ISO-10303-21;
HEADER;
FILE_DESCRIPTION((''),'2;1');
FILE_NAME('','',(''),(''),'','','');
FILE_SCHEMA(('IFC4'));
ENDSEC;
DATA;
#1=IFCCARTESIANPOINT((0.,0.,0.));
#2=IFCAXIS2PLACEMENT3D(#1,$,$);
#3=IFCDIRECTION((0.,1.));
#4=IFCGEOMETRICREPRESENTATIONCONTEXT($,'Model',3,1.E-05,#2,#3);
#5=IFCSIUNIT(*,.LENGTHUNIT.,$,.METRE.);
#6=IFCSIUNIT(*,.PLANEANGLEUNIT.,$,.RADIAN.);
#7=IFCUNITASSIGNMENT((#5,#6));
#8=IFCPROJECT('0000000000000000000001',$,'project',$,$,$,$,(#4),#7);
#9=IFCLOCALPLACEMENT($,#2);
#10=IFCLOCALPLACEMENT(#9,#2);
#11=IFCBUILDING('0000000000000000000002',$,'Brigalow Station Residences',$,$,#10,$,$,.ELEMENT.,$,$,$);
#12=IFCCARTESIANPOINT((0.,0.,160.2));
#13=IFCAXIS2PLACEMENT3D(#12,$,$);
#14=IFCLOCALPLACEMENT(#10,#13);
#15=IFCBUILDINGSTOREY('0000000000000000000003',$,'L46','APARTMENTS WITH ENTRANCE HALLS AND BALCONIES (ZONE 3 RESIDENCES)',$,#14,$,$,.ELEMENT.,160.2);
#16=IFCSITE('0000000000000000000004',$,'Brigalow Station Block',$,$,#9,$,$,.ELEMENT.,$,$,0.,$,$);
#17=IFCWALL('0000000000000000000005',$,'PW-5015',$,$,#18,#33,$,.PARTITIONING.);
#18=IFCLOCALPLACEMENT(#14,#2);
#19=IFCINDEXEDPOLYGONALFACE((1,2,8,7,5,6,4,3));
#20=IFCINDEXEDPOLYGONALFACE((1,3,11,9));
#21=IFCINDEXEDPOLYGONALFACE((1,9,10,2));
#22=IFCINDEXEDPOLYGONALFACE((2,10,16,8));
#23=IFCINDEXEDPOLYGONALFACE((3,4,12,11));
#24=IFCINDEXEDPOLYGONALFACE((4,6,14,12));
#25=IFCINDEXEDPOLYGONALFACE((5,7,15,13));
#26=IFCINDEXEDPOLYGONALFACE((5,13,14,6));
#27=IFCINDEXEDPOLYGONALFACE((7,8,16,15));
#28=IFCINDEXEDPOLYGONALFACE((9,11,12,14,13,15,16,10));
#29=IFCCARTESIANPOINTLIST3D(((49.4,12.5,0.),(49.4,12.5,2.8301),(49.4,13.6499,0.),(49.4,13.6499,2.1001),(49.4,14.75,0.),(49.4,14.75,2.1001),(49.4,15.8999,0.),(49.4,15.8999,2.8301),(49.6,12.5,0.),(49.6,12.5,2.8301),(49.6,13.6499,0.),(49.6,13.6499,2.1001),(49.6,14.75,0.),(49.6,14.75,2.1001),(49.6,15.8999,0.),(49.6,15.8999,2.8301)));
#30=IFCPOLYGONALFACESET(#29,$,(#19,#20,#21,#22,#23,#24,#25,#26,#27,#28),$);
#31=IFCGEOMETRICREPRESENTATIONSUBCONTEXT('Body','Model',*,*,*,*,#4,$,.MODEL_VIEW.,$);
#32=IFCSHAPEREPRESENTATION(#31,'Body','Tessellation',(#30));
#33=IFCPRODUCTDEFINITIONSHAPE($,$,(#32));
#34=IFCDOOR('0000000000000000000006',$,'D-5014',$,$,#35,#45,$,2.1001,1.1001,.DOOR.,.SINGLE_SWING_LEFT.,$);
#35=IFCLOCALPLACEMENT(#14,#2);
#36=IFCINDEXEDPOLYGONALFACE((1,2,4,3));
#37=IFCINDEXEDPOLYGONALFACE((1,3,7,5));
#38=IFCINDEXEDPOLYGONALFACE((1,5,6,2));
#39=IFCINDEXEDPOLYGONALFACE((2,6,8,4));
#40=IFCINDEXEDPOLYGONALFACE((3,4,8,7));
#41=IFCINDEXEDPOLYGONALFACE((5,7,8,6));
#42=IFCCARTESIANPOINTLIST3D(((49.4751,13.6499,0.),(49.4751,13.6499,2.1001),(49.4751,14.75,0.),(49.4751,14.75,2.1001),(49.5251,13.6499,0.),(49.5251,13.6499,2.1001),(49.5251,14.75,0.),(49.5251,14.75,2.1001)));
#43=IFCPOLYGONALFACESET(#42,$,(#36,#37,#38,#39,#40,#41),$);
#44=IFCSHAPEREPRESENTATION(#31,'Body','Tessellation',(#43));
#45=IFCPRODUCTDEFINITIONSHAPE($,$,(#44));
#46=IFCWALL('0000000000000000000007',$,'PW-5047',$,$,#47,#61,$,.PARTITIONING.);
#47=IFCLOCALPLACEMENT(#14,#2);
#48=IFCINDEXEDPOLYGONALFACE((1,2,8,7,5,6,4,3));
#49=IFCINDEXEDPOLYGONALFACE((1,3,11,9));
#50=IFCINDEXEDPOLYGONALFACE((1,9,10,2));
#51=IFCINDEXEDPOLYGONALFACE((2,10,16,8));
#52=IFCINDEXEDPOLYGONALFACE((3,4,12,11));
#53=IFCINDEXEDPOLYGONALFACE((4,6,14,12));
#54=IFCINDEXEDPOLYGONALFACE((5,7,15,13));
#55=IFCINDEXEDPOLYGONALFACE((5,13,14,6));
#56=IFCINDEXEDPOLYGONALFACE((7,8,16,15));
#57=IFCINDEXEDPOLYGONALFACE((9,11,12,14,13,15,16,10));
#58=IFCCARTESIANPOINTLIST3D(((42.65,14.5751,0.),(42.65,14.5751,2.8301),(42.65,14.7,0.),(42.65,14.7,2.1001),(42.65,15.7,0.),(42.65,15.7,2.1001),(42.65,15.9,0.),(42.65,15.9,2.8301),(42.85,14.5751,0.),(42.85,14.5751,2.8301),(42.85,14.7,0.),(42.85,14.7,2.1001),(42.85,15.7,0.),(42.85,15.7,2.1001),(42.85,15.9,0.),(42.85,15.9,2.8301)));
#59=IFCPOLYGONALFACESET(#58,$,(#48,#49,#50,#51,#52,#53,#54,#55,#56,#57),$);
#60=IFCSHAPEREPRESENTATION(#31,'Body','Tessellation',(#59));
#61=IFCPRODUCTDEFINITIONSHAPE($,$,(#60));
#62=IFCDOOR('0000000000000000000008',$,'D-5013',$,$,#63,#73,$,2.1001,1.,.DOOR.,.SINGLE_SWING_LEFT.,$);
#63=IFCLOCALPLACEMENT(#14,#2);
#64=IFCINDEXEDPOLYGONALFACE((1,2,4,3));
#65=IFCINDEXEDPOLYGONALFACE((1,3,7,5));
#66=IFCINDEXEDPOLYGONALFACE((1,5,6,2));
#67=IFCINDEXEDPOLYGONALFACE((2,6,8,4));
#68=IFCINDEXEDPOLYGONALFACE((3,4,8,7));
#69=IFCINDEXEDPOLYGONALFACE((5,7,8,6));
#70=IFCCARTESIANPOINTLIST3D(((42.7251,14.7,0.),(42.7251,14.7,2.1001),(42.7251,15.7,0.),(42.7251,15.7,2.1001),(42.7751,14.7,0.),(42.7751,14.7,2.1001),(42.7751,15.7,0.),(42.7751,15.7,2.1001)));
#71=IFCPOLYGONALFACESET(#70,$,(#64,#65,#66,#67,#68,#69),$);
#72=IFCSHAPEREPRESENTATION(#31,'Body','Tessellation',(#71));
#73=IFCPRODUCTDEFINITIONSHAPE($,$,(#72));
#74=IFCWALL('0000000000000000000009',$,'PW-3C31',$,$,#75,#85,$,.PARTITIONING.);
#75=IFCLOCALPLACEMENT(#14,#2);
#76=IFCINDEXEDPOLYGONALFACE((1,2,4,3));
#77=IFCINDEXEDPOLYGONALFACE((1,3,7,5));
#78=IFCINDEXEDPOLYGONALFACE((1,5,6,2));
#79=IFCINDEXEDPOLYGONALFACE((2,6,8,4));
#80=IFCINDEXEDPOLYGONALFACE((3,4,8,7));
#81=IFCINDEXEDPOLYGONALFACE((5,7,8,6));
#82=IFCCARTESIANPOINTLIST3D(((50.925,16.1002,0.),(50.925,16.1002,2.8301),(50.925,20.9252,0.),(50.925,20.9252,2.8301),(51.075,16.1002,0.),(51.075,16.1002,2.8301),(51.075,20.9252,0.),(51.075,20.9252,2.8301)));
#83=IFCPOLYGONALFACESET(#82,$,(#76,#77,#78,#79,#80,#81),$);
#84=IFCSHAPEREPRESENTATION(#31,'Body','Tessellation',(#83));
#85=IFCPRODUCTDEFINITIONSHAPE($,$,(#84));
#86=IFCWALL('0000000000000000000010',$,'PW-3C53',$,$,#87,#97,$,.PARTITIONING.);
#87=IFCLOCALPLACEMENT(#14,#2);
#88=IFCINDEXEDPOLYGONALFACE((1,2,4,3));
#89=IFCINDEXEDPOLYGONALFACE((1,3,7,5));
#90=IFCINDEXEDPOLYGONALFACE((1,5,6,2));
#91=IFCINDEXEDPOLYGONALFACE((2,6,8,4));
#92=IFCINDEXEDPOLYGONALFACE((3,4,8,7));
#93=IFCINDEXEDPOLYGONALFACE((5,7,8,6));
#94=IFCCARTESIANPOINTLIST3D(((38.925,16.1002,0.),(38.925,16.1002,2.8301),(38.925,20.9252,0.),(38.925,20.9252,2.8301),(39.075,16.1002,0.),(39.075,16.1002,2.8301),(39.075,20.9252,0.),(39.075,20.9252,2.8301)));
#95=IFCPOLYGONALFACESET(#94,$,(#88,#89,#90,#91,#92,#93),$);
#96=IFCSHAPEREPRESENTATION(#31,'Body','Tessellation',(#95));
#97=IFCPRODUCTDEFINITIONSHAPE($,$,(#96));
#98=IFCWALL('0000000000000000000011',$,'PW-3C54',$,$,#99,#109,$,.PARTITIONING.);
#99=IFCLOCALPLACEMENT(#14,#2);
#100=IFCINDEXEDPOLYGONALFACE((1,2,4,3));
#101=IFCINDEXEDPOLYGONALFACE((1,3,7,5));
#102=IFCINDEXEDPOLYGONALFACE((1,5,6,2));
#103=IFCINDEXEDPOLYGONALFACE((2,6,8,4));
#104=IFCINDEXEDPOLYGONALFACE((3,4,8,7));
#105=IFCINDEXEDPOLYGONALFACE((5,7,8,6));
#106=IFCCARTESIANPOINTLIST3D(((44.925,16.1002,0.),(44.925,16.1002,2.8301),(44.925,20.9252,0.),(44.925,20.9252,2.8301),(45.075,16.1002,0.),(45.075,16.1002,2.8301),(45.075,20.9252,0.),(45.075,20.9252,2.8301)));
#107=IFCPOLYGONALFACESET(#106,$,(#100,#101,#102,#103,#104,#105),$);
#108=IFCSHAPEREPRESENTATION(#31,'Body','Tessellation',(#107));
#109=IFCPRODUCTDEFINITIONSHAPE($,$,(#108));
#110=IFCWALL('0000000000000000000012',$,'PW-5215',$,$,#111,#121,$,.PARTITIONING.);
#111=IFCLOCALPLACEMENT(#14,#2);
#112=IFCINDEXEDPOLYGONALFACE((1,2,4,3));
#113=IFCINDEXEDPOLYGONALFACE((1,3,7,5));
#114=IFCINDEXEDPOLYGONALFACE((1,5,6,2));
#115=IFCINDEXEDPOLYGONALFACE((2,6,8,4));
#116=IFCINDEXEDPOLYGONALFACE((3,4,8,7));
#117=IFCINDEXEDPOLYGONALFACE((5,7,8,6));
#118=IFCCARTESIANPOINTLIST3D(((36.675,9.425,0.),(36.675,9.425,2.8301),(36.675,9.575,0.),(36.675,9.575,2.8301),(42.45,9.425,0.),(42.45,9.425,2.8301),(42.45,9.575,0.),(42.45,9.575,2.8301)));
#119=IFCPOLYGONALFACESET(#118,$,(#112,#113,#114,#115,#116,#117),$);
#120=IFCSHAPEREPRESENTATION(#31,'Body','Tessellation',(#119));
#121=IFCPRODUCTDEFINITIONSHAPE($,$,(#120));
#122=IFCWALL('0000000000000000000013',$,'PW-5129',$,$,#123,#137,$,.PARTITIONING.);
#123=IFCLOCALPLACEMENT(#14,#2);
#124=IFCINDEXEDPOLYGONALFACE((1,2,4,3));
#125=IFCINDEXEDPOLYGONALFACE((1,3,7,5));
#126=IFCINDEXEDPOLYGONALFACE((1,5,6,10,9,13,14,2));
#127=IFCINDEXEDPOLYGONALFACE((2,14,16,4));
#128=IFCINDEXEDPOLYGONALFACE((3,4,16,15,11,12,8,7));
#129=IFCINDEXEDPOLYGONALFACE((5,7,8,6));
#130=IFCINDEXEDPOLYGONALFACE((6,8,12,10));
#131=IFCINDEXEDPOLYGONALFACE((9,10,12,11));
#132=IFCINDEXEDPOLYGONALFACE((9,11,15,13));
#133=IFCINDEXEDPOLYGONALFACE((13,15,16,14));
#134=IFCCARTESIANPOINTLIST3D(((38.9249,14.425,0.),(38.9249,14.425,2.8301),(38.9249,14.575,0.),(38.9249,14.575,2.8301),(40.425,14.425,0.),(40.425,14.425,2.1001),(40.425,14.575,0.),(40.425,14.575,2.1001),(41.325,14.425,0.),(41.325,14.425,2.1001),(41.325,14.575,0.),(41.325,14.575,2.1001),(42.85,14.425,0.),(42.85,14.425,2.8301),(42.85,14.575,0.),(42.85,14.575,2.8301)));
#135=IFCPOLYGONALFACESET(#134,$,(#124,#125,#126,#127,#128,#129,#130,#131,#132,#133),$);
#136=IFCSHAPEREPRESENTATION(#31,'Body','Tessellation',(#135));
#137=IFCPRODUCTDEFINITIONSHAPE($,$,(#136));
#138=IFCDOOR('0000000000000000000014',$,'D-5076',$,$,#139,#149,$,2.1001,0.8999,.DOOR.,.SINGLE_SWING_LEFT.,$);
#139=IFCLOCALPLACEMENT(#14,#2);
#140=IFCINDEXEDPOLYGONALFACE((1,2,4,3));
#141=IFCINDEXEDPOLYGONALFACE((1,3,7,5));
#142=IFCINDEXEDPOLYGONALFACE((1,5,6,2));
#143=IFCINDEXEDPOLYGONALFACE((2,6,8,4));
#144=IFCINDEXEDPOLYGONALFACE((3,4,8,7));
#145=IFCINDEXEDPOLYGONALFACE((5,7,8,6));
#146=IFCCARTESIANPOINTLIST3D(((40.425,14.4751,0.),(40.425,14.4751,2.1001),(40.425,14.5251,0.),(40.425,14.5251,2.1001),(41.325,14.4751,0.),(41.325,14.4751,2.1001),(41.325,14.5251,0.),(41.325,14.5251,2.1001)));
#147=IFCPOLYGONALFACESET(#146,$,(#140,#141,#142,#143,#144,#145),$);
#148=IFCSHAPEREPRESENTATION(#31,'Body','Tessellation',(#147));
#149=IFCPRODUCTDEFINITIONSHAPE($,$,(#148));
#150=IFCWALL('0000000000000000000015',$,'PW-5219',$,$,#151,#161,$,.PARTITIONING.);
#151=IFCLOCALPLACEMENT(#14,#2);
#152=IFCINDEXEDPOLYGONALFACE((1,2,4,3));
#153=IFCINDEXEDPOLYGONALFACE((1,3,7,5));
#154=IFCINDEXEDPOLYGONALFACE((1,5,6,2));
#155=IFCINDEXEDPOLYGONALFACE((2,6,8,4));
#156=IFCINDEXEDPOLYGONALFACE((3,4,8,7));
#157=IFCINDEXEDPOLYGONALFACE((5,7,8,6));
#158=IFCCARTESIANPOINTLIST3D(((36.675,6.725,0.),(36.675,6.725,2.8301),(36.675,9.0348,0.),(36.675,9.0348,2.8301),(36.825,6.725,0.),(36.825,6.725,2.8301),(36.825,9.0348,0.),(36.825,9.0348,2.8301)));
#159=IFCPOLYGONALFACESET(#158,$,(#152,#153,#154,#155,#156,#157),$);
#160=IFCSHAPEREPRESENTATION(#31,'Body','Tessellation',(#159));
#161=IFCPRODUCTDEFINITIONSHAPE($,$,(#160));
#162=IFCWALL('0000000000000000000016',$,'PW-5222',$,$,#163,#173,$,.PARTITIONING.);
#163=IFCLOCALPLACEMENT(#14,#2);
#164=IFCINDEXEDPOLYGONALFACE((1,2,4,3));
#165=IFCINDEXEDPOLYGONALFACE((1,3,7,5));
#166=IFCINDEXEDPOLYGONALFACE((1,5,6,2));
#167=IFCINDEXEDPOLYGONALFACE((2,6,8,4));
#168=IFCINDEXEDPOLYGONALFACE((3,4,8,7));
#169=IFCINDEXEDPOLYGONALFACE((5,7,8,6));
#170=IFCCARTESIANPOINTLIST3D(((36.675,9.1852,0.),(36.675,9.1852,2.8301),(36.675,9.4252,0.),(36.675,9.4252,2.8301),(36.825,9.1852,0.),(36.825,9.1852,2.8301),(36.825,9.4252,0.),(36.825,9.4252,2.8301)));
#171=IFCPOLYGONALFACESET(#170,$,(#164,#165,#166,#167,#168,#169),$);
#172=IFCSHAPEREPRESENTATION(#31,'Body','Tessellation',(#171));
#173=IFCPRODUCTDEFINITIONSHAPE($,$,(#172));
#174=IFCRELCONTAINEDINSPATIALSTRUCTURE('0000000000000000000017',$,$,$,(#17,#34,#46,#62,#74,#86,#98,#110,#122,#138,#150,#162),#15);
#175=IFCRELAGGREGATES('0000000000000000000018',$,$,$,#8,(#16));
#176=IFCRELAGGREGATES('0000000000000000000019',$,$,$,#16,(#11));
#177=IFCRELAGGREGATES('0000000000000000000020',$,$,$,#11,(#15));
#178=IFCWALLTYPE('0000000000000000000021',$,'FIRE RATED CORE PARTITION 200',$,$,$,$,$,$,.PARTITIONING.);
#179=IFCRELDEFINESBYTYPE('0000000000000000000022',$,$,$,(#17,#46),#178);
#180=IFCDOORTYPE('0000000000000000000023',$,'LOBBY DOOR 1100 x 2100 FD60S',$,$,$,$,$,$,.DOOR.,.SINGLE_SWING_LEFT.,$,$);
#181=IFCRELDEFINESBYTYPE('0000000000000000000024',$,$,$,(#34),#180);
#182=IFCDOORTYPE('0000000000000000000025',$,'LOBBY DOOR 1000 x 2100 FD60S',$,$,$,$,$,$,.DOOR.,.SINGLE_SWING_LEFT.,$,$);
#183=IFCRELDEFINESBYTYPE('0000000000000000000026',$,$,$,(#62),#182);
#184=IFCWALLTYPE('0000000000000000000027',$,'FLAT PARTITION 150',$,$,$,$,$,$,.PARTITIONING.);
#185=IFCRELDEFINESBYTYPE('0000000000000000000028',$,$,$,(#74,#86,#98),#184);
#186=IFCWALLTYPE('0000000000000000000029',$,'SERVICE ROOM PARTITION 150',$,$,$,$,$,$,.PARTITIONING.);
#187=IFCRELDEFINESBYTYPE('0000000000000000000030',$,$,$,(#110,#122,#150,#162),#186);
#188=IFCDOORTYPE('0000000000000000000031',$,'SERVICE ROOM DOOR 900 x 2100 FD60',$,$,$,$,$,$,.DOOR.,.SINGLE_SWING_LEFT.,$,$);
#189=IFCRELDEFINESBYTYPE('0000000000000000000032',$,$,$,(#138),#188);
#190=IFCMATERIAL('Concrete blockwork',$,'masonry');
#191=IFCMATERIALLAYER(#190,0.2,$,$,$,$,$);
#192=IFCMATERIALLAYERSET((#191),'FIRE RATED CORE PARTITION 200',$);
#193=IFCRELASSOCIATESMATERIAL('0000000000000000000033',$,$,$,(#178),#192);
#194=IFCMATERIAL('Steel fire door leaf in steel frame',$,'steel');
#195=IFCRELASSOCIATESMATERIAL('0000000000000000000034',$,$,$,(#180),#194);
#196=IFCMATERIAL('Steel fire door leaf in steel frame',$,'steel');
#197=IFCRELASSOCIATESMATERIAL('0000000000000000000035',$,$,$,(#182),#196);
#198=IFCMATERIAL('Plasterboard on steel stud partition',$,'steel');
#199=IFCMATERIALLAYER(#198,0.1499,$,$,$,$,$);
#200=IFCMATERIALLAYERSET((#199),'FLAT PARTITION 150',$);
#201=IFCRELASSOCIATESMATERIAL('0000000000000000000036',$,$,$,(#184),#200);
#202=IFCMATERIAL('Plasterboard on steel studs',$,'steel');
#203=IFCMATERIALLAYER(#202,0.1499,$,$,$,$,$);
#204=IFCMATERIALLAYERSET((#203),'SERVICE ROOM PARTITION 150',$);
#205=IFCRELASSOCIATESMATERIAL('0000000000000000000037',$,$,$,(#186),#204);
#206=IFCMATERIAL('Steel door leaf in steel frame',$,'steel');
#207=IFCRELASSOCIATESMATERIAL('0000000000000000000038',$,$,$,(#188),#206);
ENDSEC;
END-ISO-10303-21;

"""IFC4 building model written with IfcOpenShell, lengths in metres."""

from ifc_helpers import new_model, si_unit, direction, frame, frame_2d, origin, place, context, subcontext, project, spatial, rectangle, extrude, material, layer, layer_set, type_object, element, fill, save


model = new_model("IFC4")

# Units and contexts
model_context = context("Model", 3, precision=1e-05, world=origin(), true_north=direction((0.0, 1.0)))
body_context = subcontext(model_context, "Body", "Model", "MODEL_VIEW")
ifc_project = project(units=[si_unit("LENGTHUNIT", "METRE"), si_unit("PLANEANGLEUNIT", "RADIAN")], contexts=[model_context])

# Site, building, storey
site_placement = place(None, origin())
site = spatial("IfcSite", under=ifc_project, at=site_placement, Name="Brigalow Station Block", CompositionType="ELEMENT", RefElevation=0.0)
building_placement = place(site_placement, origin())
building = spatial("IfcBuilding", under=site, at=building_placement, Name="Brigalow Station Residences", CompositionType="ELEMENT")
storey_placement = place(building_placement, frame((0.0, 0.0, 160.2)))
storey = spatial("IfcBuildingStorey", under=building, at=storey_placement, Name="L46", Description="APARTMENTS WITH ENTRANCE HALLS AND BALCONIES (ZONE 3 RESIDENCES)", CompositionType="ELEMENT", Elevation=160.2)

# Shared definitions
ifc_material_1 = material(Name="Concrete blockwork", Category="masonry")
ifc_layer_1 = layer(ifc_material_1, 0.2)
ifc_layer_set_1 = layer_set([ifc_layer_1], Name="FIRE RATED CORE PARTITION 200")
wall_type_1 = type_object("IfcWallType", Name="FIRE RATED CORE PARTITION 200", PredefinedType="PARTITIONING", material=ifc_layer_set_1)

# Walls, openings, doors
wall_1_placement = place(storey_placement, frame((49.5, 12.5, 0.0), z_axis=(0.0, 0.0, 1.0), x_axis=(0.0, 1.0, 0.0)))
wall_1 = element("IfcWall", 1, at=wall_1_placement, inside=storey, type_object=wall_type_1, Name="PW-5015", PredefinedType="PARTITIONING", context=body_context, shape_type="SweptSolid", body=[
    extrude(rectangle(XDim=3.3999, YDim=0.2, at=frame_2d((1.7, 0.0))), origin(), (0.0, 0.0, 1.0), 2.8301),
])
opening_1_placement = place(wall_1_placement, frame((1.1499, 0.0, 0.0)))
opening_1 = element("IfcOpeningElement", 2, at=opening_1_placement, cuts=wall_1, PredefinedType="OPENING", context=body_context, shape_type="SweptSolid", body=[
    extrude(rectangle(XDim=1.1001, YDim=2.1001, at=frame_2d((0.55, 1.05))), frame((0.0, 0.1099, 0.0), z_axis=(0.0, -1.0, 0.0), x_axis=(1.0, 0.0, 0.0)), (0.0, 0.0, 1.0), 0.22),
])
ifc_material_2 = material(Name="Steel fire door leaf in steel frame", Category="steel")
door_type_1 = type_object("IfcDoorType", Name="LOBBY DOOR 1100 x 2100 FD60S", OperationType="SINGLE_SWING_LEFT", PredefinedType="DOOR", material=ifc_material_2)
door_1_placement = place(opening_1_placement, origin())
door_1 = element("IfcDoor", 3, at=door_1_placement, inside=storey, type_object=door_type_1, Name="D-5014", OperationType="SINGLE_SWING_LEFT", OverallHeight=2.1001, OverallWidth=1.1001, PredefinedType="DOOR", context=body_context, shape_type="SweptSolid", body=[
    extrude(rectangle(XDim=1.1001, YDim=2.1001, at=frame_2d((0.55, 1.05))), frame((0.0, 0.0249, 0.0), z_axis=(0.0, -1.0, 0.0), x_axis=(1.0, 0.0, 0.0)), (0.0, 0.0, 1.0), 0.05),
])
fill(opening_1, door_1)
wall_2_placement = place(storey_placement, frame((42.75, 14.575, 0.0), z_axis=(0.0, 0.0, 1.0), x_axis=(0.0, 1.0, 0.0)))
wall_2 = element("IfcWall", 4, at=wall_2_placement, inside=storey, type_object=wall_type_1, Name="PW-5047", PredefinedType="PARTITIONING", context=body_context, shape_type="SweptSolid", body=[
    extrude(rectangle(XDim=1.325, YDim=0.2, at=frame_2d((0.6626, 0.0))), origin(), (0.0, 0.0, 1.0), 2.8301),
])
opening_2_placement = place(wall_2_placement, frame((0.125, 0.0, 0.0)))
opening_2 = element("IfcOpeningElement", 5, at=opening_2_placement, cuts=wall_2, PredefinedType="OPENING", context=body_context, shape_type="SweptSolid", body=[
    extrude(rectangle(XDim=1.0, YDim=2.1001, at=frame_2d((0.5, 1.05))), frame((0.0, 0.1099, 0.0), z_axis=(0.0, -1.0, 0.0), x_axis=(1.0, 0.0, 0.0)), (0.0, 0.0, 1.0), 0.22),
])
ifc_material_3 = material(Name="Steel fire door leaf in steel frame", Category="steel")
door_type_2 = type_object("IfcDoorType", Name="LOBBY DOOR 1000 x 2100 FD60S", OperationType="SINGLE_SWING_LEFT", PredefinedType="DOOR", material=ifc_material_3)
door_2_placement = place(opening_2_placement, origin())
door_2 = element("IfcDoor", 6, at=door_2_placement, inside=storey, type_object=door_type_2, Name="D-5013", OperationType="SINGLE_SWING_LEFT", OverallHeight=2.1001, OverallWidth=1.0, PredefinedType="DOOR", context=body_context, shape_type="SweptSolid", body=[
    extrude(rectangle(XDim=1.0, YDim=2.1001, at=frame_2d((0.5, 1.05))), frame((0.0, 0.0249, 0.0), z_axis=(0.0, -1.0, 0.0), x_axis=(1.0, 0.0, 0.0)), (0.0, 0.0, 1.0), 0.05),
])
fill(opening_2, door_2)

# Walls
ifc_material_4 = material(Name="Plasterboard on steel stud partition", Category="steel")
ifc_layer_2 = layer(ifc_material_4, 0.1499)
ifc_layer_set_2 = layer_set([ifc_layer_2], Name="FLAT PARTITION 150")
wall_type_2 = type_object("IfcWallType", Name="FLAT PARTITION 150", PredefinedType="PARTITIONING", material=ifc_layer_set_2)
for number, where, z_axis, x_axis, name in (
    (7, (51.0, 16.1001, 0.0), (0.0, 0.0, 1.0), (0.0, 1.0, 0.0), "PW-3C31"),
    (8, (39.0, 16.1001, 0.0), (0.0, 0.0, 1.0), (0.0, 1.0, 0.0), "PW-3C53"),
    (9, (45.0, 16.1001, 0.0), (0.0, 0.0, 1.0), (0.0, 1.0, 0.0), "PW-3C54"),
):
    element("IfcWall", number, at=place(storey_placement, frame(where, z_axis=z_axis, x_axis=x_axis)), inside=storey, type_object=wall_type_2, Name=name, PredefinedType="PARTITIONING", context=body_context, shape_type="SweptSolid", body=[
        extrude(rectangle(XDim=4.825, YDim=0.1499, at=frame_2d((2.4126, 0.0))), origin(), (0.0, 0.0, 1.0), 2.8301),
    ])
ifc_material_5 = material(Name="Plasterboard on steel studs", Category="steel")
ifc_layer_3 = layer(ifc_material_5, 0.1499)
ifc_layer_set_3 = layer_set([ifc_layer_3], Name="SERVICE ROOM PARTITION 150")
wall_type_3 = type_object("IfcWallType", Name="SERVICE ROOM PARTITION 150", PredefinedType="PARTITIONING", material=ifc_layer_set_3)
wall_3_placement = place(storey_placement, frame((36.675, 9.5, 0.0), z_axis=(0.0, 0.0, 1.0), x_axis=(1.0, 0.0, 0.0)))
element("IfcWall", 10, at=wall_3_placement, inside=storey, type_object=wall_type_3, Name="PW-5215", PredefinedType="PARTITIONING", context=body_context, shape_type="SweptSolid", body=[
    extrude(rectangle(XDim=5.7749, YDim=0.1499, at=frame_2d((2.8875, 0.0))), origin(), (0.0, 0.0, 1.0), 2.8301),
])

# Wall, opening, door
wall_4_placement = place(storey_placement, frame((38.925, 14.5, 0.0), z_axis=(0.0, 0.0, 1.0), x_axis=(1.0, 0.0, 0.0)))
wall_4 = element("IfcWall", 11, at=wall_4_placement, inside=storey, type_object=wall_type_3, Name="PW-5129", PredefinedType="PARTITIONING", context=body_context, shape_type="SweptSolid", body=[
    extrude(rectangle(XDim=3.925, YDim=0.1499, at=frame_2d((1.9624, 0.0))), origin(), (0.0, 0.0, 1.0), 2.8301),
])
opening_3_placement = place(wall_4_placement, frame((1.5, 0.0, 0.0)))
opening_3 = element("IfcOpeningElement", 12, at=opening_3_placement, cuts=wall_4, PredefinedType="OPENING", context=body_context, shape_type="SweptSolid", body=[
    extrude(rectangle(XDim=0.8999, YDim=2.1001, at=frame_2d((0.45, 1.05))), frame((0.0, 0.085, 0.0), z_axis=(0.0, -1.0, 0.0), x_axis=(1.0, 0.0, 0.0)), (0.0, 0.0, 1.0), 0.1699),
])
ifc_material_6 = material(Name="Steel door leaf in steel frame", Category="steel")
door_type_3 = type_object("IfcDoorType", Name="SERVICE ROOM DOOR 900 x 2100 FD60", OperationType="SINGLE_SWING_LEFT", PredefinedType="DOOR", material=ifc_material_6)
door_3_placement = place(opening_3_placement, frame((0.8999, 0.0, 0.0), z_axis=(0.0, 0.0, 1.0), x_axis=(-1.0, 0.0, 0.0)))
door_3 = element("IfcDoor", 13, at=door_3_placement, inside=storey, type_object=door_type_3, Name="D-5076", OperationType="SINGLE_SWING_LEFT", OverallHeight=2.1001, OverallWidth=0.8999, PredefinedType="DOOR", context=body_context, shape_type="SweptSolid", body=[
    extrude(rectangle(XDim=0.8999, YDim=2.1001, at=frame_2d((0.45, 1.05))), frame((0.0, 0.0249, 0.0), z_axis=(0.0, -1.0, 0.0), x_axis=(1.0, 0.0, 0.0)), (0.0, 0.0, 1.0), 0.05),
])
fill(opening_3, door_3)

# Walls
wall_5_placement = place(storey_placement, frame((36.75, 6.7251, 0.0), z_axis=(0.0, 0.0, 1.0), x_axis=(0.0, 1.0, 0.0)))
element("IfcWall", 14, at=wall_5_placement, inside=storey, type_object=wall_type_3, Name="PW-5219", PredefinedType="PARTITIONING", context=body_context, shape_type="SweptSolid", body=[
    extrude(rectangle(XDim=2.3098, YDim=0.1499, at=frame_2d((1.1548, 0.0))), origin(), (0.0, 0.0, 1.0), 2.8301),
])
wall_6_placement = place(storey_placement, frame((36.75, 9.1851, 0.0), z_axis=(0.0, 0.0, 1.0), x_axis=(0.0, 1.0, 0.0)))
element("IfcWall", 15, at=wall_6_placement, inside=storey, type_object=wall_type_3, Name="PW-5222", PredefinedType="PARTITIONING", context=body_context, shape_type="SweptSolid", body=[
    extrude(rectangle(XDim=0.24, YDim=0.1499, at=frame_2d((0.1201, 0.0))), origin(), (0.0, 0.0, 1.0), 2.8301),
])

save(model, "model.ifc")
